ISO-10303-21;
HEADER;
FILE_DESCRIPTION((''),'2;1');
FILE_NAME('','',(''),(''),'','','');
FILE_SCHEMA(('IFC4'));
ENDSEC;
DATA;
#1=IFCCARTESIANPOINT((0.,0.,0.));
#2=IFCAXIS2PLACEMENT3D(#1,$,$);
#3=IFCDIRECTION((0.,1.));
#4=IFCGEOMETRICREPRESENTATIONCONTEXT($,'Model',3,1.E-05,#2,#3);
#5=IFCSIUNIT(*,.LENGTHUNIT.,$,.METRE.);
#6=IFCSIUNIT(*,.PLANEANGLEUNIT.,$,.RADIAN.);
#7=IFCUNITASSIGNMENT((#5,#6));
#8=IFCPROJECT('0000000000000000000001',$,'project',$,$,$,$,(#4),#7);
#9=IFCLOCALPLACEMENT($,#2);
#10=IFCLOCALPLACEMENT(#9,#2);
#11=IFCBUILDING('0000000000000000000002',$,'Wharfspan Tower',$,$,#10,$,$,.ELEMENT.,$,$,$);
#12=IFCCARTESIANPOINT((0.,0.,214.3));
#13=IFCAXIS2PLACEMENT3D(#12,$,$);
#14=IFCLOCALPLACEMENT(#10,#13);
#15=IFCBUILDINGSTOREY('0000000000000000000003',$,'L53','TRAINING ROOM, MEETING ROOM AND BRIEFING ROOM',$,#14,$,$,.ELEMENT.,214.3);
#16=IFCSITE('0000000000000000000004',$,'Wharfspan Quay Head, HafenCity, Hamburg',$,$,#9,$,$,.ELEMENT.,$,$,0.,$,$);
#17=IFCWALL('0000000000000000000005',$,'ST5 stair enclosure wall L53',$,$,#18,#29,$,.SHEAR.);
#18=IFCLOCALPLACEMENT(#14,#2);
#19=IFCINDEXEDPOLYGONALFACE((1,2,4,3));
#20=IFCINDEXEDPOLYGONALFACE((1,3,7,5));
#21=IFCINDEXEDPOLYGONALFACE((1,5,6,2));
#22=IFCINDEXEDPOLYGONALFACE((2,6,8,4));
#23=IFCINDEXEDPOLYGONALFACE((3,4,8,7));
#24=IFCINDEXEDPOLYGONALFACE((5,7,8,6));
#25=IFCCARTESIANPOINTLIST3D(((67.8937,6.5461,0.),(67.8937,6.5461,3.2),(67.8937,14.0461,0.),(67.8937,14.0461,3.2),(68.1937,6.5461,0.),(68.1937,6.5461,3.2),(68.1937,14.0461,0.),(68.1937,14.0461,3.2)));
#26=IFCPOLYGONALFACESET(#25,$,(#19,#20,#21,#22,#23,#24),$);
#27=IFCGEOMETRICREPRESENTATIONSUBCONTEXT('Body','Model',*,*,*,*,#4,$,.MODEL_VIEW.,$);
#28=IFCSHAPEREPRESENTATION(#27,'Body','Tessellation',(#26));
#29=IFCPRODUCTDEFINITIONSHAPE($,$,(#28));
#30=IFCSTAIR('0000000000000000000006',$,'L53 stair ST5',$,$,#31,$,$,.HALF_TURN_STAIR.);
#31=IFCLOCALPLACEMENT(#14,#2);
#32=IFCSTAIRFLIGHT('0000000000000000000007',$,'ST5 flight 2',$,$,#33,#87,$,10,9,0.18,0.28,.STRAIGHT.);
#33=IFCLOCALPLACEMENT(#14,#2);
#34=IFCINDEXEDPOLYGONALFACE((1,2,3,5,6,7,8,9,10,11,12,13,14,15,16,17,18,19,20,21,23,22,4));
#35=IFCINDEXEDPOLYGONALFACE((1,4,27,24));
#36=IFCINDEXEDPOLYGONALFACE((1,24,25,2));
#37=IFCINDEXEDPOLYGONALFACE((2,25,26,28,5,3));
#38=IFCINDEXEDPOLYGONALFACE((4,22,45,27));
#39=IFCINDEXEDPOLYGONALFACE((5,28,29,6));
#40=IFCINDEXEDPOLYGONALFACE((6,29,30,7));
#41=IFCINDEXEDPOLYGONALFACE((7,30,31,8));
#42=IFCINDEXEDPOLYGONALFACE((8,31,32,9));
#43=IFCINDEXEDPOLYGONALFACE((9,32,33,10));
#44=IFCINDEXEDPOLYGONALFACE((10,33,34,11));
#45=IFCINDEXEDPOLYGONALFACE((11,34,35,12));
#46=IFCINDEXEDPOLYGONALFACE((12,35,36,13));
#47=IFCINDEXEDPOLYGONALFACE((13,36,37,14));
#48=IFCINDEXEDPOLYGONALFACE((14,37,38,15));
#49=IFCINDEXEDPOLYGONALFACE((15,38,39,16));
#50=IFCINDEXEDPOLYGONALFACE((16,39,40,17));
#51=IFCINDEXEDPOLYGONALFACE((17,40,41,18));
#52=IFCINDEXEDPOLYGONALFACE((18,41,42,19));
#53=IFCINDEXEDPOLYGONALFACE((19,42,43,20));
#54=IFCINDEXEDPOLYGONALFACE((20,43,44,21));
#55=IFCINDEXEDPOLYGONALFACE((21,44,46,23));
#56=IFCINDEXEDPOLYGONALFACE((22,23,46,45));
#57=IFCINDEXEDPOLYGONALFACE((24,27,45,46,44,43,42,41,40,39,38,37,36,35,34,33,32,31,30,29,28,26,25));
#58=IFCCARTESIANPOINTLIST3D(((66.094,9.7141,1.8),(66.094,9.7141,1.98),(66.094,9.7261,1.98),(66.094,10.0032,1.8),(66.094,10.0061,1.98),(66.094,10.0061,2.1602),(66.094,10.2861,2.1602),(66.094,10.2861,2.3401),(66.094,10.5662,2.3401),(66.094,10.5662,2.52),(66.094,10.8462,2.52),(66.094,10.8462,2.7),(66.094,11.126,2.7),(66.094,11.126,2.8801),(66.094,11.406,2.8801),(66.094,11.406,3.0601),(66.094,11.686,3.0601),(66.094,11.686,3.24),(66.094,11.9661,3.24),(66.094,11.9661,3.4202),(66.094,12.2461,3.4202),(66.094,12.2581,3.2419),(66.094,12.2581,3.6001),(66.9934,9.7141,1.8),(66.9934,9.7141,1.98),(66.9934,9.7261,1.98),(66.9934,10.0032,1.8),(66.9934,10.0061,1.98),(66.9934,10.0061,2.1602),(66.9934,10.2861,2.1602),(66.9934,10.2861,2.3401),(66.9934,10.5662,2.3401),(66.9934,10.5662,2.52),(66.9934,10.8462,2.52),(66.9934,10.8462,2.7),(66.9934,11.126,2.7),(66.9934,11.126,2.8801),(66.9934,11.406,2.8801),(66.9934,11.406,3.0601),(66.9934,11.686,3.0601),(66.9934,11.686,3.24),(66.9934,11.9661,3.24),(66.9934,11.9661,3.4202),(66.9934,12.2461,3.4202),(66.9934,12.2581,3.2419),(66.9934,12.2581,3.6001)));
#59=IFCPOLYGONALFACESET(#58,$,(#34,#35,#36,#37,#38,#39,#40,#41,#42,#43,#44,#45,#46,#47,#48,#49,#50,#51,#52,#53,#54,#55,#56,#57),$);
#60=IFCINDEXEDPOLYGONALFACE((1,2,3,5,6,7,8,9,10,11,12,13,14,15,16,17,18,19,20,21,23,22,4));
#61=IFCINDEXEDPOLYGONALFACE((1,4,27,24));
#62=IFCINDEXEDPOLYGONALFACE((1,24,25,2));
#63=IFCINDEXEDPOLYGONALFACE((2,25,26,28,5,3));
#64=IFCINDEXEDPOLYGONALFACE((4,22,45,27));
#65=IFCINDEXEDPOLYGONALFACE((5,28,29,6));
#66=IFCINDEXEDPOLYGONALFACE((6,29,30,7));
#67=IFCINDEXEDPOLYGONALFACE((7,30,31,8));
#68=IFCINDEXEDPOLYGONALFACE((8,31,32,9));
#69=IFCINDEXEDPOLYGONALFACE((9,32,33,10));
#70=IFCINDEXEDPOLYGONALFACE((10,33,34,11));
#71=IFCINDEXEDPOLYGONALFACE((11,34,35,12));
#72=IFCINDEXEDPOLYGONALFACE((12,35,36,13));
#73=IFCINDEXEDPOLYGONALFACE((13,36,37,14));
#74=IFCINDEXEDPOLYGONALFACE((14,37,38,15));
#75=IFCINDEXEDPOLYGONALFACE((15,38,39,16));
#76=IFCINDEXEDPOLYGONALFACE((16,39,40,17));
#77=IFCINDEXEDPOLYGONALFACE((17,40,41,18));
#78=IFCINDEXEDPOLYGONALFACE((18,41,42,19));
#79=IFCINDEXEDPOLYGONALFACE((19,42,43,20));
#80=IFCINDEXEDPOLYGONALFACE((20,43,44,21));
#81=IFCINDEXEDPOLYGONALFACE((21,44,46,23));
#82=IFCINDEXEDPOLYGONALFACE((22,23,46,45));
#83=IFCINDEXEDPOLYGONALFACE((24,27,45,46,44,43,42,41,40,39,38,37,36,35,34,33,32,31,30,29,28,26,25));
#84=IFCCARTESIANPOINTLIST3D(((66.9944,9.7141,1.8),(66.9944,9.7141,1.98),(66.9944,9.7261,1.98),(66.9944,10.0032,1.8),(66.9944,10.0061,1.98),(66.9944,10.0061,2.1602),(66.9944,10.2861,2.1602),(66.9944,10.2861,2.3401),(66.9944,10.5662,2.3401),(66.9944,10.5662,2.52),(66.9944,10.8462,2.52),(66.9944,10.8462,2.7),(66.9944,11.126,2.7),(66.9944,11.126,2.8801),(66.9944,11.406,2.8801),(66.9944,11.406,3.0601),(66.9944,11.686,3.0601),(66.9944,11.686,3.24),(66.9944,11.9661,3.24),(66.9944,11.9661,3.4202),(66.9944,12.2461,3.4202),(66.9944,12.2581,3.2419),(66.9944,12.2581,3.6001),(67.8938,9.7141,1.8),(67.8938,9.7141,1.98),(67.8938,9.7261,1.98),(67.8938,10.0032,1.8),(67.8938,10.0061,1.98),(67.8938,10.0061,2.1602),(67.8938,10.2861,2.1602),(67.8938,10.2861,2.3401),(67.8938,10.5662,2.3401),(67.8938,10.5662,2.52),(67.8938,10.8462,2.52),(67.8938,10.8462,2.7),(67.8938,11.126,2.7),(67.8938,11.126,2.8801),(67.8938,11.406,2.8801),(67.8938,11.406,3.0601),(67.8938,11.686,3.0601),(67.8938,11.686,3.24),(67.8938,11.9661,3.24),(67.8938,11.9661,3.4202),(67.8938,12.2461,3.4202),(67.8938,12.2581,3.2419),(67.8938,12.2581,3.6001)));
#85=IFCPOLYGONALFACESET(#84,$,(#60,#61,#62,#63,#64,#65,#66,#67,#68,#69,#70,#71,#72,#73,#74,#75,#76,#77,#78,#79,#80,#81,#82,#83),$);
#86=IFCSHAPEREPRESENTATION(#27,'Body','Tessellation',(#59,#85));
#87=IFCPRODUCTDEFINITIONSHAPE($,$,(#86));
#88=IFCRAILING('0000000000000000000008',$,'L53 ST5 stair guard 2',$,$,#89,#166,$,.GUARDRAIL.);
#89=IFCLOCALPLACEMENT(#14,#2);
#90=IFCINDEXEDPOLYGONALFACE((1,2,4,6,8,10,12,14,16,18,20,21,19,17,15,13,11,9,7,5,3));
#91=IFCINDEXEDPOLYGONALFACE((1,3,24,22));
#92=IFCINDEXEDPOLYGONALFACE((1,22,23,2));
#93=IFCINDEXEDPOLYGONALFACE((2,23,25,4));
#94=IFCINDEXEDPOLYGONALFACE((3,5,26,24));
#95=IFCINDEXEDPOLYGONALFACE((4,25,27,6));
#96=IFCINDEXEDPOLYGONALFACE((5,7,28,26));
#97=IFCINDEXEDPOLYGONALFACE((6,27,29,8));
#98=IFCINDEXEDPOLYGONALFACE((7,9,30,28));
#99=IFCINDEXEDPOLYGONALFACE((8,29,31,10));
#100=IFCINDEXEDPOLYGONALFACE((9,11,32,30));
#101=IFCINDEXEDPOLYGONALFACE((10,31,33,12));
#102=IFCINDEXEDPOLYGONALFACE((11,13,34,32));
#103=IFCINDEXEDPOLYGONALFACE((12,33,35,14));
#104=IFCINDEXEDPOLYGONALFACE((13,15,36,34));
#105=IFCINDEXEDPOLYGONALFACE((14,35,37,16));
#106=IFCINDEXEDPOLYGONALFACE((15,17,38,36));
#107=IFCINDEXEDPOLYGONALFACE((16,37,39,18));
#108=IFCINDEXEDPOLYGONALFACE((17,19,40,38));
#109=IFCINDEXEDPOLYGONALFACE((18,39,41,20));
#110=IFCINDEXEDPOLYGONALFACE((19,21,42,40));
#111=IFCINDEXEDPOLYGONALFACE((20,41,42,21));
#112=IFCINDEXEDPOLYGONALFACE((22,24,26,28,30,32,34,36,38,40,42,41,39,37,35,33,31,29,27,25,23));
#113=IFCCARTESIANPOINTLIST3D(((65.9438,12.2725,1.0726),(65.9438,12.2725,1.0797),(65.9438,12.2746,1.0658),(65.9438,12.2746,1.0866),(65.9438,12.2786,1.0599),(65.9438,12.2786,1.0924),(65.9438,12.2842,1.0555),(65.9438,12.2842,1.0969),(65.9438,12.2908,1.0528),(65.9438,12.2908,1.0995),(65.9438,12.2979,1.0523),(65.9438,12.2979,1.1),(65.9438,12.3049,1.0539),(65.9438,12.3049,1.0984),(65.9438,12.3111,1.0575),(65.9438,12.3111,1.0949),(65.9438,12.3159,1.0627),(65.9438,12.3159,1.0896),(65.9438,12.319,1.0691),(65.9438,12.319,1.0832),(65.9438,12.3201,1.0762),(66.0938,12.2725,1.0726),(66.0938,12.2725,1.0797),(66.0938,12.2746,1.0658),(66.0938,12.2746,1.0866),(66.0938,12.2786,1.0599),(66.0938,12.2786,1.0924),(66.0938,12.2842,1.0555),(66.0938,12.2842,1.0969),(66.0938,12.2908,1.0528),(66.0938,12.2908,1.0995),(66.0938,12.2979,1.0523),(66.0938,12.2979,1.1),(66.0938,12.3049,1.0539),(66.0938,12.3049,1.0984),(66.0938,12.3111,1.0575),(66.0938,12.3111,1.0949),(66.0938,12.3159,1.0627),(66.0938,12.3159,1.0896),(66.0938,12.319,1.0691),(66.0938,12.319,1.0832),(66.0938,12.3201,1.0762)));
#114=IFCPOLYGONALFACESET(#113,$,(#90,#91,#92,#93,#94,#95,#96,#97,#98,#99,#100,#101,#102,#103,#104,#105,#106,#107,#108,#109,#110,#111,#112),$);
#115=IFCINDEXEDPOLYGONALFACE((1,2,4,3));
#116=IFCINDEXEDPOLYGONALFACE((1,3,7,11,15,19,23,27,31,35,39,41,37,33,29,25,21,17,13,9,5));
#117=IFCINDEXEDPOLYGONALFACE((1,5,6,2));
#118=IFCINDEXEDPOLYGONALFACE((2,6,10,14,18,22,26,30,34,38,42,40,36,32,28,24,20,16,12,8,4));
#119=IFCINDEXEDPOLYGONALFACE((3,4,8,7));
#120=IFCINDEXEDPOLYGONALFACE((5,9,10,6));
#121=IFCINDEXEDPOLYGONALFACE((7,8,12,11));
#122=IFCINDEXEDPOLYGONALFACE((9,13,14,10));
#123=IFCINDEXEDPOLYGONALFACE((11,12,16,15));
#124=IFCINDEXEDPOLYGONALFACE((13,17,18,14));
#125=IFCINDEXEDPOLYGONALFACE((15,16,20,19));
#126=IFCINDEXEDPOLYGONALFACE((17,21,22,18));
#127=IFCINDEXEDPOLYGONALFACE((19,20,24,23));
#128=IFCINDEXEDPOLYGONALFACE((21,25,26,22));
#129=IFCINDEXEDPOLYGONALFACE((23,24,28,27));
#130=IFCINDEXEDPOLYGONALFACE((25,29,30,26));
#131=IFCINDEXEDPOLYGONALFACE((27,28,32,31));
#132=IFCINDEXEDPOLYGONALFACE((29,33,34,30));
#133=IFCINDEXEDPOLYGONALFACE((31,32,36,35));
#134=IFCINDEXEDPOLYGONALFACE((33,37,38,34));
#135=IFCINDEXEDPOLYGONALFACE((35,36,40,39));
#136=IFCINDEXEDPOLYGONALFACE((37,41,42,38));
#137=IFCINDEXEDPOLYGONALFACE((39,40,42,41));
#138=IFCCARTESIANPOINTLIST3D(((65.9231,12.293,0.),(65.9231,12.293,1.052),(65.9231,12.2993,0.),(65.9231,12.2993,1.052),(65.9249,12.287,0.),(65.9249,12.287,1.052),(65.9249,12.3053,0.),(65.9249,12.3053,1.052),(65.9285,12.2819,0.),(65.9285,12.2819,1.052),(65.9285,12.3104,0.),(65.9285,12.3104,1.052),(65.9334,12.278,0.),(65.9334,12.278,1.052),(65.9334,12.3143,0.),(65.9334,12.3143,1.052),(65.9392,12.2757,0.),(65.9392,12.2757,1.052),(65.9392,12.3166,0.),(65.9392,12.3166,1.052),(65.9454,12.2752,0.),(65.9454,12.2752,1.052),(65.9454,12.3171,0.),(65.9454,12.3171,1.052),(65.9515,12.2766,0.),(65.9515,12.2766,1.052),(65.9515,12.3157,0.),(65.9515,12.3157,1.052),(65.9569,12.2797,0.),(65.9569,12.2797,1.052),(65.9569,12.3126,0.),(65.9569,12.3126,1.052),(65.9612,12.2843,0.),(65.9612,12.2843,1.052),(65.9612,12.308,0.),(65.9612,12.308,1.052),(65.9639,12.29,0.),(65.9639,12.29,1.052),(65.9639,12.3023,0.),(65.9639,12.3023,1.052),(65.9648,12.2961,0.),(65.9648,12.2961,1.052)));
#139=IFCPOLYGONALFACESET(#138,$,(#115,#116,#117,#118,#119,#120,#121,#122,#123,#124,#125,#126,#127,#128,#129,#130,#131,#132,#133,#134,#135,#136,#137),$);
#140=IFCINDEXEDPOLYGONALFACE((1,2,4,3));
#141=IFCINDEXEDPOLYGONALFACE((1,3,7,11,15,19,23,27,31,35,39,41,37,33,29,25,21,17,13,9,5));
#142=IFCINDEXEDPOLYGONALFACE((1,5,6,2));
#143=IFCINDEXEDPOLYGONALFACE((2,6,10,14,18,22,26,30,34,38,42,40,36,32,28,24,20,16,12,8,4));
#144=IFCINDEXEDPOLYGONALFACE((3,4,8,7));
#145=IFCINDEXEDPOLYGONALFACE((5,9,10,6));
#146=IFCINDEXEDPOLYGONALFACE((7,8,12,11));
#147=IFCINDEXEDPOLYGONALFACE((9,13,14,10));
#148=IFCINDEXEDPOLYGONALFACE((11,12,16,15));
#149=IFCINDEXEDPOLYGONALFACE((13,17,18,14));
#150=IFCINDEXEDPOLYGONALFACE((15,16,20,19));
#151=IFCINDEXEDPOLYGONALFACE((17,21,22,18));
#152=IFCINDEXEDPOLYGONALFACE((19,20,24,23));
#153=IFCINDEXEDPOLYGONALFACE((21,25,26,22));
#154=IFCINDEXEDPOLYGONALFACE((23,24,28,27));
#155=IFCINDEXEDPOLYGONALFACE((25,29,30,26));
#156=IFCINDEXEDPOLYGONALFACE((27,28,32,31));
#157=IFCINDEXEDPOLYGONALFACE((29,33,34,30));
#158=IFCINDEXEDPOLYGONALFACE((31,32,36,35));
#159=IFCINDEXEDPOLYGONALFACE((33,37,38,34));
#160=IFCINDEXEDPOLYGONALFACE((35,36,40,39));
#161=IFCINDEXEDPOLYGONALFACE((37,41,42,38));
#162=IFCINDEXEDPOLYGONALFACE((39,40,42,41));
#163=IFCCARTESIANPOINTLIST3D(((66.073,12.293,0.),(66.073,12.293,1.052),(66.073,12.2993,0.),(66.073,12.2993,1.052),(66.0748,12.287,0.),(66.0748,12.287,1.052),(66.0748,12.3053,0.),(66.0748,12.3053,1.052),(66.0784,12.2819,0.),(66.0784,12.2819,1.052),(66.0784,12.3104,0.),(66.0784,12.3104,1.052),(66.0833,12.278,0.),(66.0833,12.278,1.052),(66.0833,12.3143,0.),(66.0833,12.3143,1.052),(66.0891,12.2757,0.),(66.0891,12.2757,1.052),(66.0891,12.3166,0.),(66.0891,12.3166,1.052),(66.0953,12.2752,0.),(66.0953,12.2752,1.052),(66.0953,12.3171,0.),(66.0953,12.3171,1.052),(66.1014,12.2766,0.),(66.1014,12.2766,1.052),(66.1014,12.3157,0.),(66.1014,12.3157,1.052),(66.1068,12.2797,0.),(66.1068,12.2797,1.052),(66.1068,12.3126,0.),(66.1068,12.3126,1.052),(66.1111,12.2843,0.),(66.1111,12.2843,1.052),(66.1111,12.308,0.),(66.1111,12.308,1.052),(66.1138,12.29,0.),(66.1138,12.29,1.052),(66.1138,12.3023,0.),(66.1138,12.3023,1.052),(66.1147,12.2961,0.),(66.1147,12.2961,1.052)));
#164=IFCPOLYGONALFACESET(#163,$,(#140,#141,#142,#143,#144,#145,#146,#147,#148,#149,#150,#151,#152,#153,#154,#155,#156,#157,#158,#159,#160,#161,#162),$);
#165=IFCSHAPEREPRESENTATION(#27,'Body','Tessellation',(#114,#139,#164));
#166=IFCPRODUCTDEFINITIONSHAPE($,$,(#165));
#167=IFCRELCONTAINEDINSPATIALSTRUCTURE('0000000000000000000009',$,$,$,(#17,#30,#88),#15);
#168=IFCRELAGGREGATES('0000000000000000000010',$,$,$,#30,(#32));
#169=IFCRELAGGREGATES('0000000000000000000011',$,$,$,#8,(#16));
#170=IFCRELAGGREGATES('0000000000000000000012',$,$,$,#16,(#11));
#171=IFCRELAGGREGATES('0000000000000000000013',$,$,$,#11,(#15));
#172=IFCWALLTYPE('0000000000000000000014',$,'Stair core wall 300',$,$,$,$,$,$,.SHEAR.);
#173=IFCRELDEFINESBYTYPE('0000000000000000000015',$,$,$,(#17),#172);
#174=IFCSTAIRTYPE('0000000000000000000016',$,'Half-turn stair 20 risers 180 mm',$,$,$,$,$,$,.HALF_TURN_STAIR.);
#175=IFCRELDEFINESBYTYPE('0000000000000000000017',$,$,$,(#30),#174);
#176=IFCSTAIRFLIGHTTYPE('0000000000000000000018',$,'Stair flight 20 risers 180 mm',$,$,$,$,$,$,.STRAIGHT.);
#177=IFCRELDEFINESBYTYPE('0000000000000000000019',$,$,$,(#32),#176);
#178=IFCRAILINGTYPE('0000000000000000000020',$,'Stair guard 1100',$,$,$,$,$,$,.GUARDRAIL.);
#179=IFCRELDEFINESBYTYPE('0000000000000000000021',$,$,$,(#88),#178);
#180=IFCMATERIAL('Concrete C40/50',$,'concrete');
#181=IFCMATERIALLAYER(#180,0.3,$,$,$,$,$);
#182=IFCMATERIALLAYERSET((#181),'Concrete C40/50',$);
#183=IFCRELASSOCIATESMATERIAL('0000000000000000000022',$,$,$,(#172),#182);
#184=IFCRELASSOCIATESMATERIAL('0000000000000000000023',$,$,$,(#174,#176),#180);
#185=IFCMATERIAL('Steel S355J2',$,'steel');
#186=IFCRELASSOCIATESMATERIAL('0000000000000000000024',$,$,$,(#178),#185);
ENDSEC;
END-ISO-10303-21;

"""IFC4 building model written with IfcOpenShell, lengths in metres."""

from ifc_helpers import new_model, si_unit, direction, frame, frame_2d, origin, origin_2d, place, context, subcontext, project, spatial, polyline, rectangle, circle, outline, extrude, material, layer, layer_set, type_object, element, aggregate, save


model = new_model("IFC4")

# Units and contexts
model_context = context("Model", 3, precision=1e-05, world=origin(), true_north=direction((0.0, 1.0)))
body_context = subcontext(model_context, "Body", "Model", "MODEL_VIEW")
ifc_project = project(units=[si_unit("LENGTHUNIT", "METRE"), si_unit("PLANEANGLEUNIT", "RADIAN")], contexts=[model_context])

# Site, building, storey
site_placement = place(None, origin())
site = spatial("IfcSite", under=ifc_project, at=site_placement, Name="Wharfspan Quay Head, HafenCity, Hamburg", CompositionType="ELEMENT", RefElevation=0.0)
building_placement = place(site_placement, origin())
building = spatial("IfcBuilding", under=site, at=building_placement, Name="Wharfspan Tower", CompositionType="ELEMENT")
storey_placement = place(building_placement, frame((0.0, 0.0, 214.3)))
storey = spatial("IfcBuildingStorey", under=building, at=storey_placement, Name="L53", Description="TRAINING ROOM, MEETING ROOM AND BRIEFING ROOM", CompositionType="ELEMENT", Elevation=214.3)

# Shared definitions
ifc_material_1 = material(Name="Steel S355J2", Category="steel")

# Wall
ifc_material_2 = material(Name="Concrete C40/50", Category="concrete")
ifc_layer_1 = layer(ifc_material_2, 0.3)
ifc_layer_set_1 = layer_set([ifc_layer_1], Name="Concrete C40/50")
wall_type_1 = type_object("IfcWallType", Name="Stair core wall 300", PredefinedType="SHEAR", material=ifc_layer_set_1)
wall_1_placement = place(storey_placement, frame((68.0437, 6.5461, 0.0), z_axis=(0.0, 0.0, 1.0), x_axis=(0.0, 1.0, 0.0)))
element("IfcWall", 1, at=wall_1_placement, inside=storey, type_object=wall_type_1, Name="ST5 stair enclosure wall L53", PredefinedType="SHEAR", context=body_context, shape_type="SweptSolid", body=[
    extrude(rectangle(XDim=7.5, YDim=0.3, at=frame_2d((3.75, 0.0))), origin(), (0.0, 0.0, 1.0), 3.2),
])

# Stair, stair flight
stair_type = type_object("IfcStairType", Name="Half-turn stair 20 risers 180 mm", PredefinedType="HALF_TURN_STAIR", material=ifc_material_2)
stair_placement = place(storey_placement, origin())
stair = element("IfcStair", 2, at=stair_placement, inside=storey, type_object=stair_type, Name="L53 stair ST5", PredefinedType="HALF_TURN_STAIR")
stair_flight_type = type_object("IfcStairFlightType", Name="Stair flight 20 risers 180 mm", PredefinedType="STRAIGHT", material=ifc_material_2)
stair_flight_placement = place(storey_placement, frame((66.9939, 9.7261, 1.8), z_axis=(0.0, 0.0, 1.0), x_axis=(0.0, 1.0, 0.0)))
stair_flight = element("IfcStairFlight", 3, at=stair_flight_placement, type_object=stair_flight_type, Name="ST5 flight 2", NumberOfRisers=10, NumberOfTreads=9, PredefinedType="STRAIGHT", RiserHeight=0.18, TreadLength=0.28, context=body_context, shape_type="SweptSolid", body=[
    extrude(outline(polyline([(-0.012, 0.0), (-0.012, 0.1799), (0.0, 0.1799), (0.28, 0.1799), (0.28, 0.3601), (0.5601, 0.3601), (0.5601, 0.54), (0.8401, 0.54), (0.8401, 0.72), (1.1201, 0.72), (1.1201, 0.8999), (1.3999, 0.8999), (1.3999, 1.0801), (1.6799, 1.0801), (1.6799, 1.26), (1.96, 1.26), (1.96, 1.4399), (2.24, 1.4399), (2.24, 1.6201), (2.52, 1.6201), (2.532, 1.8), (2.532, 1.4419), (0.2771, 0.0), (-0.012, 0.0)])), frame((0.0, 0.8999, 0.0), z_axis=(0.0, -1.0, 0.0), x_axis=(1.0, 0.0, 0.0)), (0.0, 0.0, 1.0), 0.8994),
    extrude(outline(polyline([(-0.012, 0.0), (-0.012, 0.1799), (0.0, 0.1799), (0.28, 0.1799), (0.28, 0.3601), (0.5601, 0.3601), (0.5601, 0.54), (0.8401, 0.54), (0.8401, 0.72), (1.1201, 0.72), (1.1201, 0.8999), (1.3999, 0.8999), (1.3999, 1.0801), (1.6799, 1.0801), (1.6799, 1.26), (1.96, 1.26), (1.96, 1.4399), (2.24, 1.4399), (2.24, 1.6201), (2.52, 1.6201), (2.532, 1.8), (2.532, 1.4419), (0.2771, 0.0), (-0.012, 0.0)])), frame((0.0, -0.0005, 0.0), z_axis=(0.0, -1.0, 0.0), x_axis=(1.0, 0.0, 0.0)), (0.0, 0.0, 1.0), 0.8994),
])
aggregate(stair, [stair_flight])

# Railing
railing_type_1 = type_object("IfcRailingType", Name="Stair guard 1100", PredefinedType="GUARDRAIL", material=ifc_material_1)
railing_1_placement = place(storey_placement, frame((65.9438, 12.2961, 0.0)))
element("IfcRailing", 4, at=railing_1_placement, inside=storey, type_object=railing_type_1, Name="L53 ST5 stair guard 2", PredefinedType="GUARDRAIL", context=body_context, shape_type="SweptSolid", body=[
    extrude(circle(Radius=0.0239, at=origin_2d()), frame((0.0, 0.0, 1.0762), z_axis=(1.0, 0.0, 0.0), x_axis=(0.0, 1.0, 0.0)), (0.0, 0.0, 1.0), 0.1499),
    extrude(circle(Radius=0.021, at=origin_2d()), origin(), (0.0, 0.0, 1.0), 1.052),
    extrude(circle(Radius=0.021, at=origin_2d()), frame((0.1499, 0.0, 0.0)), (0.0, 0.0, 1.0), 1.052),
])

save(model, "model.ifc")
